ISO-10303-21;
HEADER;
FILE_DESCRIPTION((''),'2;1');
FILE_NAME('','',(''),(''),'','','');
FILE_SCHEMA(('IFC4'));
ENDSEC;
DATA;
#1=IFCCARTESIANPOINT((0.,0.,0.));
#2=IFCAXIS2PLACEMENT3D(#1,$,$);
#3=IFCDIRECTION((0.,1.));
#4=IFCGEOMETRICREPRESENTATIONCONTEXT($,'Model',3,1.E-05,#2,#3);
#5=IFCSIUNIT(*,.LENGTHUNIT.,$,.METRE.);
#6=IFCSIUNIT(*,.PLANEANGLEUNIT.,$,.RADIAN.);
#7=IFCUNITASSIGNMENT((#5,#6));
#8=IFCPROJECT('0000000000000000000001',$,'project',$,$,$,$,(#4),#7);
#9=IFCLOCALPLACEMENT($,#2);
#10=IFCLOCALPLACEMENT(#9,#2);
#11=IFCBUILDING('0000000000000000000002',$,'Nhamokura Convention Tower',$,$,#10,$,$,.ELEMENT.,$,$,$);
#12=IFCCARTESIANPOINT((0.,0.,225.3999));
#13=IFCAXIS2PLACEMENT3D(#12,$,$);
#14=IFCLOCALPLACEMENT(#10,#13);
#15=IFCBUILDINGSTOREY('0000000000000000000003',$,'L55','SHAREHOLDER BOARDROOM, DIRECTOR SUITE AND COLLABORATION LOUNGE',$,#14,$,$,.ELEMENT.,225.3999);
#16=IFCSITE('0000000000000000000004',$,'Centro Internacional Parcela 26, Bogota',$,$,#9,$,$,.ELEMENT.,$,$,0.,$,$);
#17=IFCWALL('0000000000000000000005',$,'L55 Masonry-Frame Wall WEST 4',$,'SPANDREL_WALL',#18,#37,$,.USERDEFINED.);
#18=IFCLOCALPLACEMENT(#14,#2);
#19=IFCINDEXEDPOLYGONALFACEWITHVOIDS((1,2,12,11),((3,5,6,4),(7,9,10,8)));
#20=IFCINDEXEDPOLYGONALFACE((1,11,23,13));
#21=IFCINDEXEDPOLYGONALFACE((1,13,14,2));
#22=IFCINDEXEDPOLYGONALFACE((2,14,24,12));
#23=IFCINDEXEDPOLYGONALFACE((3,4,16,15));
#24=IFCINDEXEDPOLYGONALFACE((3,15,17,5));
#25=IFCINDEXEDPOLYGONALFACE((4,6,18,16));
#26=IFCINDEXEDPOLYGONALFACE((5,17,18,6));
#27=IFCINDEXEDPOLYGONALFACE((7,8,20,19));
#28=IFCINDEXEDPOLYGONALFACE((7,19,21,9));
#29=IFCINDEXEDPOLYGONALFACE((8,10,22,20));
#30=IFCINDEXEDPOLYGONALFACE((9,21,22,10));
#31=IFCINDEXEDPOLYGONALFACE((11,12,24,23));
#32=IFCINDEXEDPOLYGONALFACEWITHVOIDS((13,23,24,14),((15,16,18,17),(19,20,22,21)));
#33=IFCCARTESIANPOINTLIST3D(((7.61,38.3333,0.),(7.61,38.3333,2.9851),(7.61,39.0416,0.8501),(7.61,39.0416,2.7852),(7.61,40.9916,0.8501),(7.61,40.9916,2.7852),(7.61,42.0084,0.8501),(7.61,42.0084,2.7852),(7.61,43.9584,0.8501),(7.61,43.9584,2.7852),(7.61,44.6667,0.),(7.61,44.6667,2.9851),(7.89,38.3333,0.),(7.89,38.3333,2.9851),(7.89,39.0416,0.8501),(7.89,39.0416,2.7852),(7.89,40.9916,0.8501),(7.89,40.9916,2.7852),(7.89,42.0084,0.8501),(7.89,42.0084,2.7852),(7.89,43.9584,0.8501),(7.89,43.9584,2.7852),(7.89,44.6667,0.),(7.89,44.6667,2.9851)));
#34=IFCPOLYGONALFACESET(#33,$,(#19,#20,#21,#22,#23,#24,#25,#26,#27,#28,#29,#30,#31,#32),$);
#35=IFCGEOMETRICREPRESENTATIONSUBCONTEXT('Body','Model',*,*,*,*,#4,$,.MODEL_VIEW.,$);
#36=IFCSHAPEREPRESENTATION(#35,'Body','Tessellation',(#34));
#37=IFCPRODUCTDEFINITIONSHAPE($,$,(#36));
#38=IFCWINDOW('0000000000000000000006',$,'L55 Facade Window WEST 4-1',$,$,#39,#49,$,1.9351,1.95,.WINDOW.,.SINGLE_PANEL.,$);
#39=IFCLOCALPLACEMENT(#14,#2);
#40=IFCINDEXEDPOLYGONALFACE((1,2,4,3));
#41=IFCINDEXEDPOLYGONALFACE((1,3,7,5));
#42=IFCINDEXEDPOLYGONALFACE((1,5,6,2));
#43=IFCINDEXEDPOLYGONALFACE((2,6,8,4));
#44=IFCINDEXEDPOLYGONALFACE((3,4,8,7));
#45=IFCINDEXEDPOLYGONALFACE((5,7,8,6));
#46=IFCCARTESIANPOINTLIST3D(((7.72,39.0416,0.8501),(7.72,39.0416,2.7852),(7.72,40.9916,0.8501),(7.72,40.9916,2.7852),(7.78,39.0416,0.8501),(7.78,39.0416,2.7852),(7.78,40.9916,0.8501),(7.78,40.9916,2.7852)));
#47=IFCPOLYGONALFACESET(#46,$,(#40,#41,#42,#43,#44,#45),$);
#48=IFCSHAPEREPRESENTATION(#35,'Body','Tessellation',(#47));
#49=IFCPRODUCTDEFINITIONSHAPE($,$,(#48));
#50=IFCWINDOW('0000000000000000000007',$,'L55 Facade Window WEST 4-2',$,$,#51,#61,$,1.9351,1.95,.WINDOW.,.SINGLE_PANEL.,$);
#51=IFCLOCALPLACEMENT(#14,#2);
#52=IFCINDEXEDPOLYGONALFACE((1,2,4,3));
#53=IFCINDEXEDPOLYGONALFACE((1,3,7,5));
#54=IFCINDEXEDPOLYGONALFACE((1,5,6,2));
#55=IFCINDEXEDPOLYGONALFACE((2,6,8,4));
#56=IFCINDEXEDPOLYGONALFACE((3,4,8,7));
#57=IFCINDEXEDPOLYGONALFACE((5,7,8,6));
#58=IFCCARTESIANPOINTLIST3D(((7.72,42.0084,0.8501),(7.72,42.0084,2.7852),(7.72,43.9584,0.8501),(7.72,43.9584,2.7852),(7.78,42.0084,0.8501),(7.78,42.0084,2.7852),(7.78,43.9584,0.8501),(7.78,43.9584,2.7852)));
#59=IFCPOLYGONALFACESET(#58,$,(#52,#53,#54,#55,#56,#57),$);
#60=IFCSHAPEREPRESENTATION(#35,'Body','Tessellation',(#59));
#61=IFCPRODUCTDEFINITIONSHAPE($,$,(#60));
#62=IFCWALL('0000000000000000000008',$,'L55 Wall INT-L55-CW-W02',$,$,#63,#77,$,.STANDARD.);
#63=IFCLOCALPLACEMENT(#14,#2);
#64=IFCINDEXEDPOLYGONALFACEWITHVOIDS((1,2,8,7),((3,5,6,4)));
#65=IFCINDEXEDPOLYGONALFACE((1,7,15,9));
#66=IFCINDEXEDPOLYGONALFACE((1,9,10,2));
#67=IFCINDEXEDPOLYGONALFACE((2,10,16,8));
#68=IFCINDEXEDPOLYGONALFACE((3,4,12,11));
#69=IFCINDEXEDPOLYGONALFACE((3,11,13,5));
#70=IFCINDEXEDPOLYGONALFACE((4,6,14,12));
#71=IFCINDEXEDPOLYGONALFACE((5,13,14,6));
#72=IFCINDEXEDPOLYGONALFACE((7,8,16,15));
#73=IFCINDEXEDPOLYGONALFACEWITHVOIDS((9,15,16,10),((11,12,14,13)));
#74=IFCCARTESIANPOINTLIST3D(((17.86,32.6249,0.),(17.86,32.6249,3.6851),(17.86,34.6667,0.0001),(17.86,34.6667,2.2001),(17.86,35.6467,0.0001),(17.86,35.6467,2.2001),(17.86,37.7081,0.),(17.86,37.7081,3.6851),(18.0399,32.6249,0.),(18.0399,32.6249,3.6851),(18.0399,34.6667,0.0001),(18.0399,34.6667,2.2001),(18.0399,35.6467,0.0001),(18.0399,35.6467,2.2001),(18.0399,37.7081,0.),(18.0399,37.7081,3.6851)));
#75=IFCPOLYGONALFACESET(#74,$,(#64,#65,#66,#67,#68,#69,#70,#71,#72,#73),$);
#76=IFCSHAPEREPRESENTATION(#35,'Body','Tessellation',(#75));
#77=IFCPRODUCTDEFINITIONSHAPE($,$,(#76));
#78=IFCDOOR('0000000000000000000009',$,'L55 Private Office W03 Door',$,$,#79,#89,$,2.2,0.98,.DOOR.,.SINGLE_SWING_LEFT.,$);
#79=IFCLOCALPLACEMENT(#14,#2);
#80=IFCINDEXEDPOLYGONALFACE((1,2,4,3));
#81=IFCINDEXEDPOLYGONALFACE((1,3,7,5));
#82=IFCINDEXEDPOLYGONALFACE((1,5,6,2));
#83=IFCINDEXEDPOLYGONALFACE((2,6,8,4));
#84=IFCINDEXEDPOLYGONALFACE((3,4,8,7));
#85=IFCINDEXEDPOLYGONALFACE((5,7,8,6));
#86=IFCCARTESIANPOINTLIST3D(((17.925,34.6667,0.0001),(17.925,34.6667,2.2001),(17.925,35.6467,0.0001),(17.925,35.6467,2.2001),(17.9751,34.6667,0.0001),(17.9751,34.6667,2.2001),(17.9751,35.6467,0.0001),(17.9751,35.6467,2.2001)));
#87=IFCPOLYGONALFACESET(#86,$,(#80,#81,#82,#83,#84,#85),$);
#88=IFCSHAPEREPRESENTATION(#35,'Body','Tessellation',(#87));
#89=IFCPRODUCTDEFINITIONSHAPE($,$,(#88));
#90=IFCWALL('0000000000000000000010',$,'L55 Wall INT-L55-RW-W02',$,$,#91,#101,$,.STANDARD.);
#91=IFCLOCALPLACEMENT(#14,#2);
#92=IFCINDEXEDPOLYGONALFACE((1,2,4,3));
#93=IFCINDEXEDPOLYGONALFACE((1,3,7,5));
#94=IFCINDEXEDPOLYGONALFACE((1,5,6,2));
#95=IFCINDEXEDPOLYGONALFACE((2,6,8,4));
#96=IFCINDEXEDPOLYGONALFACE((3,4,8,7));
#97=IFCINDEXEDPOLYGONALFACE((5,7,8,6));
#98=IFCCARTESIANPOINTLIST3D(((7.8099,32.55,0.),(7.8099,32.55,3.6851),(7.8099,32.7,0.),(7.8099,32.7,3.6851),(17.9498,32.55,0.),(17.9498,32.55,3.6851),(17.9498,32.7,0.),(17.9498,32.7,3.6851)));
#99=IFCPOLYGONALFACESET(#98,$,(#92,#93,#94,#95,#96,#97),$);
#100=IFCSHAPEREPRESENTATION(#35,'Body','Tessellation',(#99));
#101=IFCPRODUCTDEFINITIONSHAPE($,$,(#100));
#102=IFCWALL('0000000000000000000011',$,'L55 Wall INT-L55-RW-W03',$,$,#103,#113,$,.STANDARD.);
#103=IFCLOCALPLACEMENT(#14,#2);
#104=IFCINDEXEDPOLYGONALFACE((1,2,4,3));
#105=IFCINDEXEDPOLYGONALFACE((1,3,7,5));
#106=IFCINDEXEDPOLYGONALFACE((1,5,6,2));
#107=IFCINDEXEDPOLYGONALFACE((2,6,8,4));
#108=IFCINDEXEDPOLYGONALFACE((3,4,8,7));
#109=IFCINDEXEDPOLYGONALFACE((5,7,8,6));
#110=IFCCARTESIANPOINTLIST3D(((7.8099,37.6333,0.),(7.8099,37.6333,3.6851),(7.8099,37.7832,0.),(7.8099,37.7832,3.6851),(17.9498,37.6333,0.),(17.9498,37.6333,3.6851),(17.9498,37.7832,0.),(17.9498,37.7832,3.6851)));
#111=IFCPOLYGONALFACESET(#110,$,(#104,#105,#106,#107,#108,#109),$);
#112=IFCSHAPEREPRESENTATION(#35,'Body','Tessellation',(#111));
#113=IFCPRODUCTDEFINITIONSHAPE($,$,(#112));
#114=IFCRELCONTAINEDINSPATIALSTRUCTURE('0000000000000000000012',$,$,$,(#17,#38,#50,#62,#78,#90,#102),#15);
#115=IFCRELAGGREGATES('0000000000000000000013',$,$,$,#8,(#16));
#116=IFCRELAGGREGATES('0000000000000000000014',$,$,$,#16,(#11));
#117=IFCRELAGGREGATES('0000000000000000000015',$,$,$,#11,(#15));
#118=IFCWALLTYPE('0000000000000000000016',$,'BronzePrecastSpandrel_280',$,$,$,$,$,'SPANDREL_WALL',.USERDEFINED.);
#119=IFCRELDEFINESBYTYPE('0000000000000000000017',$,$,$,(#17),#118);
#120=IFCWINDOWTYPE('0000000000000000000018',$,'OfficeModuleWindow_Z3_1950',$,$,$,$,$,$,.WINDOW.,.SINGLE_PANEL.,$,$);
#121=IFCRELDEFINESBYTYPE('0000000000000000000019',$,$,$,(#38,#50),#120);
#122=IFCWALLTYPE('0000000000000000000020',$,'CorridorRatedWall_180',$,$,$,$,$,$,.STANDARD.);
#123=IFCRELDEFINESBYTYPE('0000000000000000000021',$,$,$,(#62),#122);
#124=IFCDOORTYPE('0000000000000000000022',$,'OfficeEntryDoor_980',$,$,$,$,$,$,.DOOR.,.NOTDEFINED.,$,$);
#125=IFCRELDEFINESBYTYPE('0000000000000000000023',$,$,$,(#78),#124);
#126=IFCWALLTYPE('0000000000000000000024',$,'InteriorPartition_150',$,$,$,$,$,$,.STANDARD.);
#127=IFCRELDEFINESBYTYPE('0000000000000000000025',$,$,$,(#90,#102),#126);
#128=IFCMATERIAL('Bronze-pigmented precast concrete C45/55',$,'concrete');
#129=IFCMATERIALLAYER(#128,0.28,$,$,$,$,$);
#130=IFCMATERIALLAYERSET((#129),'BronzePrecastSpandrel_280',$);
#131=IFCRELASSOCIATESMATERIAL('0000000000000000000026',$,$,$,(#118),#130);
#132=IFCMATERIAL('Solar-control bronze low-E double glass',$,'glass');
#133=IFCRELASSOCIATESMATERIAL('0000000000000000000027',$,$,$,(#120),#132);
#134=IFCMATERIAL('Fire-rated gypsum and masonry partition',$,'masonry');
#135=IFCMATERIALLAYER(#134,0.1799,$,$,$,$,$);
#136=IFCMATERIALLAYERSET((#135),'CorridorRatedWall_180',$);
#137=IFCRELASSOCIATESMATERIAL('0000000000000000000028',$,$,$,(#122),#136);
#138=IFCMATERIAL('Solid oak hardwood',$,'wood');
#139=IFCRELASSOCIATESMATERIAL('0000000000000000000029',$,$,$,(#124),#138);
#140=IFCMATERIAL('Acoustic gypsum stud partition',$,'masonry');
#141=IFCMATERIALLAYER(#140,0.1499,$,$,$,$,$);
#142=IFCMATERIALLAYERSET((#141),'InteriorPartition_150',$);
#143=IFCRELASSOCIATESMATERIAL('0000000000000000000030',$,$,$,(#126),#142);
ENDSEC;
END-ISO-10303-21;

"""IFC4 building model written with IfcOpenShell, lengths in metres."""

from ifc_helpers import new_model, si_unit, direction, frame, frame_2d, origin, place, context, subcontext, project, spatial, rectangle, extrude, material, layer, layer_set, type_object, element, fill, save


model = new_model("IFC4")

# Units and contexts
model_context = context("Model", 3, precision=1e-05, world=origin(), true_north=direction((0.0, 1.0)))
body_context = subcontext(model_context, "Body", "Model", "MODEL_VIEW")
ifc_project = project(units=[si_unit("LENGTHUNIT", "METRE"), si_unit("PLANEANGLEUNIT", "RADIAN")], contexts=[model_context])

# Site, building, storey
site_placement = place(None, origin())
site = spatial("IfcSite", under=ifc_project, at=site_placement, Name="Centro Internacional Parcela 26, Bogota", CompositionType="ELEMENT", RefElevation=0.0)
building_placement = place(site_placement, origin())
building = spatial("IfcBuilding", under=site, at=building_placement, Name="Nhamokura Convention Tower", CompositionType="ELEMENT")
storey_placement = place(building_placement, frame((0.0, 0.0, 225.3999)))
storey = spatial("IfcBuildingStorey", under=building, at=storey_placement, Name="L55", Description="SHAREHOLDER BOARDROOM, DIRECTOR SUITE AND COLLABORATION LOUNGE", CompositionType="ELEMENT", Elevation=225.3999)

# Shared definitions
ifc_material_1 = material(Name="Bronze-pigmented precast concrete C45/55", Category="concrete")
ifc_layer_1 = layer(ifc_material_1, 0.28)
ifc_layer_set_1 = layer_set([ifc_layer_1], Name="BronzePrecastSpandrel_280")
wall_type_1 = type_object("IfcWallType", Name="BronzePrecastSpandrel_280", ElementType="SPANDREL_WALL", PredefinedType="USERDEFINED", material=ifc_layer_set_1)

# Wall, openings, windows
wall_1_placement = place(storey_placement, frame((7.75, 38.3333, 0.0), z_axis=(0.0, 0.0, 1.0), x_axis=(0.0, 1.0, 0.0)))
wall_1 = element("IfcWall", 1, at=wall_1_placement, inside=storey, type_object=wall_type_1, Name="L55 Masonry-Frame Wall WEST 4", ObjectType="SPANDREL_WALL", PredefinedType="USERDEFINED", context=body_context, shape_type="SweptSolid", body=[
    extrude(rectangle(XDim=6.3335, YDim=0.28, at=frame_2d((3.1667, 0.0))), origin(), (0.0, 0.0, 1.0), 2.9851),
])
opening_1_placement = place(wall_1_placement, frame((0.7083, 0.0, 0.8501)))
opening_1 = element("IfcOpeningElement", 2, at=opening_1_placement, cuts=wall_1, PredefinedType="OPENING", context=body_context, shape_type="SweptSolid", body=[
    extrude(rectangle(XDim=1.95, YDim=1.9351, at=frame_2d((0.9751, 0.9675))), frame((0.0, 0.1499, 0.0), z_axis=(0.0, -1.0, 0.0), x_axis=(1.0, 0.0, 0.0)), (0.0, 0.0, 1.0), 0.3),
])
opening_2_placement = place(wall_1_placement, frame((3.675, 0.0, 0.8501)))
opening_2 = element("IfcOpeningElement", 3, at=opening_2_placement, cuts=wall_1, PredefinedType="OPENING", context=body_context, shape_type="SweptSolid", body=[
    extrude(rectangle(XDim=1.95, YDim=1.9351, at=frame_2d((0.9751, 0.9675))), frame((0.0, 0.1499, 0.0), z_axis=(0.0, -1.0, 0.0), x_axis=(1.0, 0.0, 0.0)), (0.0, 0.0, 1.0), 0.3),
])
ifc_material_2 = material(Name="Solar-control bronze low-E double glass", Category="glass")
window_type_1 = type_object("IfcWindowType", Name="OfficeModuleWindow_Z3_1950", PartitioningType="SINGLE_PANEL", PredefinedType="WINDOW", material=ifc_material_2)
window_1_placement = place(opening_1_placement, origin())
window_1 = element("IfcWindow", 4, at=window_1_placement, inside=storey, type_object=window_type_1, Name="L55 Facade Window WEST 4-1", OverallHeight=1.9351, OverallWidth=1.95, PartitioningType="SINGLE_PANEL", PredefinedType="WINDOW", context=body_context, shape_type="SweptSolid", body=[
    extrude(rectangle(XDim=1.95, YDim=1.9351, at=frame_2d((0.9751, 0.9675))), frame((0.0, 0.03, 0.0), z_axis=(0.0, -1.0, 0.0), x_axis=(1.0, 0.0, 0.0)), (0.0, 0.0, 1.0), 0.0601),
])
fill(opening_1, window_1)
window_2_placement = place(opening_2_placement, origin())
window_2 = element("IfcWindow", 5, at=window_2_placement, inside=storey, type_object=window_type_1, Name="L55 Facade Window WEST 4-2", OverallHeight=1.9351, OverallWidth=1.95, PartitioningType="SINGLE_PANEL", PredefinedType="WINDOW", context=body_context, shape_type="SweptSolid", body=[
    extrude(rectangle(XDim=1.95, YDim=1.9351, at=frame_2d((0.9751, 0.9675))), frame((0.0, 0.03, 0.0), z_axis=(0.0, -1.0, 0.0), x_axis=(1.0, 0.0, 0.0)), (0.0, 0.0, 1.0), 0.0601),
])
fill(opening_2, window_2)

# Wall, opening, door
ifc_material_3 = material(Name="Fire-rated gypsum and masonry partition", Category="masonry")
ifc_layer_2 = layer(ifc_material_3, 0.1799)
ifc_layer_set_2 = layer_set([ifc_layer_2], Name="CorridorRatedWall_180")
wall_type_2 = type_object("IfcWallType", Name="CorridorRatedWall_180", PredefinedType="STANDARD", material=ifc_layer_set_2)
wall_2_placement = place(storey_placement, frame((17.95, 32.625, 0.0), z_axis=(0.0, 0.0, 1.0), x_axis=(0.0, 1.0, 0.0)))
wall_2 = element("IfcWall", 6, at=wall_2_placement, inside=storey, type_object=wall_type_2, Name="L55 Wall INT-L55-CW-W02", PredefinedType="STANDARD", context=body_context, shape_type="SweptSolid", body=[
    extrude(rectangle(XDim=5.0833, YDim=0.1799, at=frame_2d((2.5415, 0.0))), origin(), (0.0, 0.0, 1.0), 3.6851),
])
opening_3_placement = place(wall_2_placement, frame((2.0417, 0.0, 0.0)))
opening_3 = element("IfcOpeningElement", 7, at=opening_3_placement, cuts=wall_2, PredefinedType="OPENING", context=body_context, shape_type="SweptSolid", body=[
    extrude(rectangle(XDim=0.98, YDim=2.2, at=frame_2d((0.49, 1.1001))), frame((0.0, 0.0999, 0.0), z_axis=(0.0, -1.0, 0.0), x_axis=(1.0, 0.0, 0.0)), (0.0, 0.0, 1.0), 0.2),
])
ifc_material_4 = material(Name="Solid oak hardwood", Category="wood")
door_type = type_object("IfcDoorType", Name="OfficeEntryDoor_980", OperationType="NOTDEFINED", PredefinedType="DOOR", material=ifc_material_4)
door_placement = place(opening_3_placement, origin())
door = element("IfcDoor", 8, at=door_placement, inside=storey, type_object=door_type, Name="L55 Private Office W03 Door", OperationType="SINGLE_SWING_LEFT", OverallHeight=2.2, OverallWidth=0.98, PredefinedType="DOOR", context=body_context, shape_type="SweptSolid", body=[
    extrude(rectangle(XDim=0.98, YDim=2.2, at=frame_2d((0.49, 1.1001))), frame((0.0, 0.0249, 0.0), z_axis=(0.0, -1.0, 0.0), x_axis=(1.0, 0.0, 0.0)), (0.0, 0.0, 1.0), 0.05),
])
fill(opening_3, door)

# Walls
ifc_material_5 = material(Name="Acoustic gypsum stud partition", Category="masonry")
ifc_layer_3 = layer(ifc_material_5, 0.1499)
ifc_layer_set_3 = layer_set([ifc_layer_3], Name="InteriorPartition_150")
wall_type_3 = type_object("IfcWallType", Name="InteriorPartition_150", PredefinedType="STANDARD", material=ifc_layer_set_3)
for number, where, z_axis, x_axis, name in (
    (9, (7.8101, 32.625, 0.0), (0.0, 0.0, 1.0), (1.0, 0.0, 0.0), "L55 Wall INT-L55-RW-W02"),
    (10, (7.8101, 37.7083, 0.0), (0.0, 0.0, 1.0), (1.0, 0.0, 0.0), "L55 Wall INT-L55-RW-W03"),
):
    element("IfcWall", number, at=place(storey_placement, frame(where, z_axis=z_axis, x_axis=x_axis)), inside=storey, type_object=wall_type_3, Name=name, PredefinedType="STANDARD", context=body_context, shape_type="SweptSolid", body=[
        extrude(rectangle(XDim=10.1399, YDim=0.1499, at=frame_2d((5.0698, 0.0))), origin(), (0.0, 0.0, 1.0), 3.6851),
    ])

save(model, "model.ifc")
